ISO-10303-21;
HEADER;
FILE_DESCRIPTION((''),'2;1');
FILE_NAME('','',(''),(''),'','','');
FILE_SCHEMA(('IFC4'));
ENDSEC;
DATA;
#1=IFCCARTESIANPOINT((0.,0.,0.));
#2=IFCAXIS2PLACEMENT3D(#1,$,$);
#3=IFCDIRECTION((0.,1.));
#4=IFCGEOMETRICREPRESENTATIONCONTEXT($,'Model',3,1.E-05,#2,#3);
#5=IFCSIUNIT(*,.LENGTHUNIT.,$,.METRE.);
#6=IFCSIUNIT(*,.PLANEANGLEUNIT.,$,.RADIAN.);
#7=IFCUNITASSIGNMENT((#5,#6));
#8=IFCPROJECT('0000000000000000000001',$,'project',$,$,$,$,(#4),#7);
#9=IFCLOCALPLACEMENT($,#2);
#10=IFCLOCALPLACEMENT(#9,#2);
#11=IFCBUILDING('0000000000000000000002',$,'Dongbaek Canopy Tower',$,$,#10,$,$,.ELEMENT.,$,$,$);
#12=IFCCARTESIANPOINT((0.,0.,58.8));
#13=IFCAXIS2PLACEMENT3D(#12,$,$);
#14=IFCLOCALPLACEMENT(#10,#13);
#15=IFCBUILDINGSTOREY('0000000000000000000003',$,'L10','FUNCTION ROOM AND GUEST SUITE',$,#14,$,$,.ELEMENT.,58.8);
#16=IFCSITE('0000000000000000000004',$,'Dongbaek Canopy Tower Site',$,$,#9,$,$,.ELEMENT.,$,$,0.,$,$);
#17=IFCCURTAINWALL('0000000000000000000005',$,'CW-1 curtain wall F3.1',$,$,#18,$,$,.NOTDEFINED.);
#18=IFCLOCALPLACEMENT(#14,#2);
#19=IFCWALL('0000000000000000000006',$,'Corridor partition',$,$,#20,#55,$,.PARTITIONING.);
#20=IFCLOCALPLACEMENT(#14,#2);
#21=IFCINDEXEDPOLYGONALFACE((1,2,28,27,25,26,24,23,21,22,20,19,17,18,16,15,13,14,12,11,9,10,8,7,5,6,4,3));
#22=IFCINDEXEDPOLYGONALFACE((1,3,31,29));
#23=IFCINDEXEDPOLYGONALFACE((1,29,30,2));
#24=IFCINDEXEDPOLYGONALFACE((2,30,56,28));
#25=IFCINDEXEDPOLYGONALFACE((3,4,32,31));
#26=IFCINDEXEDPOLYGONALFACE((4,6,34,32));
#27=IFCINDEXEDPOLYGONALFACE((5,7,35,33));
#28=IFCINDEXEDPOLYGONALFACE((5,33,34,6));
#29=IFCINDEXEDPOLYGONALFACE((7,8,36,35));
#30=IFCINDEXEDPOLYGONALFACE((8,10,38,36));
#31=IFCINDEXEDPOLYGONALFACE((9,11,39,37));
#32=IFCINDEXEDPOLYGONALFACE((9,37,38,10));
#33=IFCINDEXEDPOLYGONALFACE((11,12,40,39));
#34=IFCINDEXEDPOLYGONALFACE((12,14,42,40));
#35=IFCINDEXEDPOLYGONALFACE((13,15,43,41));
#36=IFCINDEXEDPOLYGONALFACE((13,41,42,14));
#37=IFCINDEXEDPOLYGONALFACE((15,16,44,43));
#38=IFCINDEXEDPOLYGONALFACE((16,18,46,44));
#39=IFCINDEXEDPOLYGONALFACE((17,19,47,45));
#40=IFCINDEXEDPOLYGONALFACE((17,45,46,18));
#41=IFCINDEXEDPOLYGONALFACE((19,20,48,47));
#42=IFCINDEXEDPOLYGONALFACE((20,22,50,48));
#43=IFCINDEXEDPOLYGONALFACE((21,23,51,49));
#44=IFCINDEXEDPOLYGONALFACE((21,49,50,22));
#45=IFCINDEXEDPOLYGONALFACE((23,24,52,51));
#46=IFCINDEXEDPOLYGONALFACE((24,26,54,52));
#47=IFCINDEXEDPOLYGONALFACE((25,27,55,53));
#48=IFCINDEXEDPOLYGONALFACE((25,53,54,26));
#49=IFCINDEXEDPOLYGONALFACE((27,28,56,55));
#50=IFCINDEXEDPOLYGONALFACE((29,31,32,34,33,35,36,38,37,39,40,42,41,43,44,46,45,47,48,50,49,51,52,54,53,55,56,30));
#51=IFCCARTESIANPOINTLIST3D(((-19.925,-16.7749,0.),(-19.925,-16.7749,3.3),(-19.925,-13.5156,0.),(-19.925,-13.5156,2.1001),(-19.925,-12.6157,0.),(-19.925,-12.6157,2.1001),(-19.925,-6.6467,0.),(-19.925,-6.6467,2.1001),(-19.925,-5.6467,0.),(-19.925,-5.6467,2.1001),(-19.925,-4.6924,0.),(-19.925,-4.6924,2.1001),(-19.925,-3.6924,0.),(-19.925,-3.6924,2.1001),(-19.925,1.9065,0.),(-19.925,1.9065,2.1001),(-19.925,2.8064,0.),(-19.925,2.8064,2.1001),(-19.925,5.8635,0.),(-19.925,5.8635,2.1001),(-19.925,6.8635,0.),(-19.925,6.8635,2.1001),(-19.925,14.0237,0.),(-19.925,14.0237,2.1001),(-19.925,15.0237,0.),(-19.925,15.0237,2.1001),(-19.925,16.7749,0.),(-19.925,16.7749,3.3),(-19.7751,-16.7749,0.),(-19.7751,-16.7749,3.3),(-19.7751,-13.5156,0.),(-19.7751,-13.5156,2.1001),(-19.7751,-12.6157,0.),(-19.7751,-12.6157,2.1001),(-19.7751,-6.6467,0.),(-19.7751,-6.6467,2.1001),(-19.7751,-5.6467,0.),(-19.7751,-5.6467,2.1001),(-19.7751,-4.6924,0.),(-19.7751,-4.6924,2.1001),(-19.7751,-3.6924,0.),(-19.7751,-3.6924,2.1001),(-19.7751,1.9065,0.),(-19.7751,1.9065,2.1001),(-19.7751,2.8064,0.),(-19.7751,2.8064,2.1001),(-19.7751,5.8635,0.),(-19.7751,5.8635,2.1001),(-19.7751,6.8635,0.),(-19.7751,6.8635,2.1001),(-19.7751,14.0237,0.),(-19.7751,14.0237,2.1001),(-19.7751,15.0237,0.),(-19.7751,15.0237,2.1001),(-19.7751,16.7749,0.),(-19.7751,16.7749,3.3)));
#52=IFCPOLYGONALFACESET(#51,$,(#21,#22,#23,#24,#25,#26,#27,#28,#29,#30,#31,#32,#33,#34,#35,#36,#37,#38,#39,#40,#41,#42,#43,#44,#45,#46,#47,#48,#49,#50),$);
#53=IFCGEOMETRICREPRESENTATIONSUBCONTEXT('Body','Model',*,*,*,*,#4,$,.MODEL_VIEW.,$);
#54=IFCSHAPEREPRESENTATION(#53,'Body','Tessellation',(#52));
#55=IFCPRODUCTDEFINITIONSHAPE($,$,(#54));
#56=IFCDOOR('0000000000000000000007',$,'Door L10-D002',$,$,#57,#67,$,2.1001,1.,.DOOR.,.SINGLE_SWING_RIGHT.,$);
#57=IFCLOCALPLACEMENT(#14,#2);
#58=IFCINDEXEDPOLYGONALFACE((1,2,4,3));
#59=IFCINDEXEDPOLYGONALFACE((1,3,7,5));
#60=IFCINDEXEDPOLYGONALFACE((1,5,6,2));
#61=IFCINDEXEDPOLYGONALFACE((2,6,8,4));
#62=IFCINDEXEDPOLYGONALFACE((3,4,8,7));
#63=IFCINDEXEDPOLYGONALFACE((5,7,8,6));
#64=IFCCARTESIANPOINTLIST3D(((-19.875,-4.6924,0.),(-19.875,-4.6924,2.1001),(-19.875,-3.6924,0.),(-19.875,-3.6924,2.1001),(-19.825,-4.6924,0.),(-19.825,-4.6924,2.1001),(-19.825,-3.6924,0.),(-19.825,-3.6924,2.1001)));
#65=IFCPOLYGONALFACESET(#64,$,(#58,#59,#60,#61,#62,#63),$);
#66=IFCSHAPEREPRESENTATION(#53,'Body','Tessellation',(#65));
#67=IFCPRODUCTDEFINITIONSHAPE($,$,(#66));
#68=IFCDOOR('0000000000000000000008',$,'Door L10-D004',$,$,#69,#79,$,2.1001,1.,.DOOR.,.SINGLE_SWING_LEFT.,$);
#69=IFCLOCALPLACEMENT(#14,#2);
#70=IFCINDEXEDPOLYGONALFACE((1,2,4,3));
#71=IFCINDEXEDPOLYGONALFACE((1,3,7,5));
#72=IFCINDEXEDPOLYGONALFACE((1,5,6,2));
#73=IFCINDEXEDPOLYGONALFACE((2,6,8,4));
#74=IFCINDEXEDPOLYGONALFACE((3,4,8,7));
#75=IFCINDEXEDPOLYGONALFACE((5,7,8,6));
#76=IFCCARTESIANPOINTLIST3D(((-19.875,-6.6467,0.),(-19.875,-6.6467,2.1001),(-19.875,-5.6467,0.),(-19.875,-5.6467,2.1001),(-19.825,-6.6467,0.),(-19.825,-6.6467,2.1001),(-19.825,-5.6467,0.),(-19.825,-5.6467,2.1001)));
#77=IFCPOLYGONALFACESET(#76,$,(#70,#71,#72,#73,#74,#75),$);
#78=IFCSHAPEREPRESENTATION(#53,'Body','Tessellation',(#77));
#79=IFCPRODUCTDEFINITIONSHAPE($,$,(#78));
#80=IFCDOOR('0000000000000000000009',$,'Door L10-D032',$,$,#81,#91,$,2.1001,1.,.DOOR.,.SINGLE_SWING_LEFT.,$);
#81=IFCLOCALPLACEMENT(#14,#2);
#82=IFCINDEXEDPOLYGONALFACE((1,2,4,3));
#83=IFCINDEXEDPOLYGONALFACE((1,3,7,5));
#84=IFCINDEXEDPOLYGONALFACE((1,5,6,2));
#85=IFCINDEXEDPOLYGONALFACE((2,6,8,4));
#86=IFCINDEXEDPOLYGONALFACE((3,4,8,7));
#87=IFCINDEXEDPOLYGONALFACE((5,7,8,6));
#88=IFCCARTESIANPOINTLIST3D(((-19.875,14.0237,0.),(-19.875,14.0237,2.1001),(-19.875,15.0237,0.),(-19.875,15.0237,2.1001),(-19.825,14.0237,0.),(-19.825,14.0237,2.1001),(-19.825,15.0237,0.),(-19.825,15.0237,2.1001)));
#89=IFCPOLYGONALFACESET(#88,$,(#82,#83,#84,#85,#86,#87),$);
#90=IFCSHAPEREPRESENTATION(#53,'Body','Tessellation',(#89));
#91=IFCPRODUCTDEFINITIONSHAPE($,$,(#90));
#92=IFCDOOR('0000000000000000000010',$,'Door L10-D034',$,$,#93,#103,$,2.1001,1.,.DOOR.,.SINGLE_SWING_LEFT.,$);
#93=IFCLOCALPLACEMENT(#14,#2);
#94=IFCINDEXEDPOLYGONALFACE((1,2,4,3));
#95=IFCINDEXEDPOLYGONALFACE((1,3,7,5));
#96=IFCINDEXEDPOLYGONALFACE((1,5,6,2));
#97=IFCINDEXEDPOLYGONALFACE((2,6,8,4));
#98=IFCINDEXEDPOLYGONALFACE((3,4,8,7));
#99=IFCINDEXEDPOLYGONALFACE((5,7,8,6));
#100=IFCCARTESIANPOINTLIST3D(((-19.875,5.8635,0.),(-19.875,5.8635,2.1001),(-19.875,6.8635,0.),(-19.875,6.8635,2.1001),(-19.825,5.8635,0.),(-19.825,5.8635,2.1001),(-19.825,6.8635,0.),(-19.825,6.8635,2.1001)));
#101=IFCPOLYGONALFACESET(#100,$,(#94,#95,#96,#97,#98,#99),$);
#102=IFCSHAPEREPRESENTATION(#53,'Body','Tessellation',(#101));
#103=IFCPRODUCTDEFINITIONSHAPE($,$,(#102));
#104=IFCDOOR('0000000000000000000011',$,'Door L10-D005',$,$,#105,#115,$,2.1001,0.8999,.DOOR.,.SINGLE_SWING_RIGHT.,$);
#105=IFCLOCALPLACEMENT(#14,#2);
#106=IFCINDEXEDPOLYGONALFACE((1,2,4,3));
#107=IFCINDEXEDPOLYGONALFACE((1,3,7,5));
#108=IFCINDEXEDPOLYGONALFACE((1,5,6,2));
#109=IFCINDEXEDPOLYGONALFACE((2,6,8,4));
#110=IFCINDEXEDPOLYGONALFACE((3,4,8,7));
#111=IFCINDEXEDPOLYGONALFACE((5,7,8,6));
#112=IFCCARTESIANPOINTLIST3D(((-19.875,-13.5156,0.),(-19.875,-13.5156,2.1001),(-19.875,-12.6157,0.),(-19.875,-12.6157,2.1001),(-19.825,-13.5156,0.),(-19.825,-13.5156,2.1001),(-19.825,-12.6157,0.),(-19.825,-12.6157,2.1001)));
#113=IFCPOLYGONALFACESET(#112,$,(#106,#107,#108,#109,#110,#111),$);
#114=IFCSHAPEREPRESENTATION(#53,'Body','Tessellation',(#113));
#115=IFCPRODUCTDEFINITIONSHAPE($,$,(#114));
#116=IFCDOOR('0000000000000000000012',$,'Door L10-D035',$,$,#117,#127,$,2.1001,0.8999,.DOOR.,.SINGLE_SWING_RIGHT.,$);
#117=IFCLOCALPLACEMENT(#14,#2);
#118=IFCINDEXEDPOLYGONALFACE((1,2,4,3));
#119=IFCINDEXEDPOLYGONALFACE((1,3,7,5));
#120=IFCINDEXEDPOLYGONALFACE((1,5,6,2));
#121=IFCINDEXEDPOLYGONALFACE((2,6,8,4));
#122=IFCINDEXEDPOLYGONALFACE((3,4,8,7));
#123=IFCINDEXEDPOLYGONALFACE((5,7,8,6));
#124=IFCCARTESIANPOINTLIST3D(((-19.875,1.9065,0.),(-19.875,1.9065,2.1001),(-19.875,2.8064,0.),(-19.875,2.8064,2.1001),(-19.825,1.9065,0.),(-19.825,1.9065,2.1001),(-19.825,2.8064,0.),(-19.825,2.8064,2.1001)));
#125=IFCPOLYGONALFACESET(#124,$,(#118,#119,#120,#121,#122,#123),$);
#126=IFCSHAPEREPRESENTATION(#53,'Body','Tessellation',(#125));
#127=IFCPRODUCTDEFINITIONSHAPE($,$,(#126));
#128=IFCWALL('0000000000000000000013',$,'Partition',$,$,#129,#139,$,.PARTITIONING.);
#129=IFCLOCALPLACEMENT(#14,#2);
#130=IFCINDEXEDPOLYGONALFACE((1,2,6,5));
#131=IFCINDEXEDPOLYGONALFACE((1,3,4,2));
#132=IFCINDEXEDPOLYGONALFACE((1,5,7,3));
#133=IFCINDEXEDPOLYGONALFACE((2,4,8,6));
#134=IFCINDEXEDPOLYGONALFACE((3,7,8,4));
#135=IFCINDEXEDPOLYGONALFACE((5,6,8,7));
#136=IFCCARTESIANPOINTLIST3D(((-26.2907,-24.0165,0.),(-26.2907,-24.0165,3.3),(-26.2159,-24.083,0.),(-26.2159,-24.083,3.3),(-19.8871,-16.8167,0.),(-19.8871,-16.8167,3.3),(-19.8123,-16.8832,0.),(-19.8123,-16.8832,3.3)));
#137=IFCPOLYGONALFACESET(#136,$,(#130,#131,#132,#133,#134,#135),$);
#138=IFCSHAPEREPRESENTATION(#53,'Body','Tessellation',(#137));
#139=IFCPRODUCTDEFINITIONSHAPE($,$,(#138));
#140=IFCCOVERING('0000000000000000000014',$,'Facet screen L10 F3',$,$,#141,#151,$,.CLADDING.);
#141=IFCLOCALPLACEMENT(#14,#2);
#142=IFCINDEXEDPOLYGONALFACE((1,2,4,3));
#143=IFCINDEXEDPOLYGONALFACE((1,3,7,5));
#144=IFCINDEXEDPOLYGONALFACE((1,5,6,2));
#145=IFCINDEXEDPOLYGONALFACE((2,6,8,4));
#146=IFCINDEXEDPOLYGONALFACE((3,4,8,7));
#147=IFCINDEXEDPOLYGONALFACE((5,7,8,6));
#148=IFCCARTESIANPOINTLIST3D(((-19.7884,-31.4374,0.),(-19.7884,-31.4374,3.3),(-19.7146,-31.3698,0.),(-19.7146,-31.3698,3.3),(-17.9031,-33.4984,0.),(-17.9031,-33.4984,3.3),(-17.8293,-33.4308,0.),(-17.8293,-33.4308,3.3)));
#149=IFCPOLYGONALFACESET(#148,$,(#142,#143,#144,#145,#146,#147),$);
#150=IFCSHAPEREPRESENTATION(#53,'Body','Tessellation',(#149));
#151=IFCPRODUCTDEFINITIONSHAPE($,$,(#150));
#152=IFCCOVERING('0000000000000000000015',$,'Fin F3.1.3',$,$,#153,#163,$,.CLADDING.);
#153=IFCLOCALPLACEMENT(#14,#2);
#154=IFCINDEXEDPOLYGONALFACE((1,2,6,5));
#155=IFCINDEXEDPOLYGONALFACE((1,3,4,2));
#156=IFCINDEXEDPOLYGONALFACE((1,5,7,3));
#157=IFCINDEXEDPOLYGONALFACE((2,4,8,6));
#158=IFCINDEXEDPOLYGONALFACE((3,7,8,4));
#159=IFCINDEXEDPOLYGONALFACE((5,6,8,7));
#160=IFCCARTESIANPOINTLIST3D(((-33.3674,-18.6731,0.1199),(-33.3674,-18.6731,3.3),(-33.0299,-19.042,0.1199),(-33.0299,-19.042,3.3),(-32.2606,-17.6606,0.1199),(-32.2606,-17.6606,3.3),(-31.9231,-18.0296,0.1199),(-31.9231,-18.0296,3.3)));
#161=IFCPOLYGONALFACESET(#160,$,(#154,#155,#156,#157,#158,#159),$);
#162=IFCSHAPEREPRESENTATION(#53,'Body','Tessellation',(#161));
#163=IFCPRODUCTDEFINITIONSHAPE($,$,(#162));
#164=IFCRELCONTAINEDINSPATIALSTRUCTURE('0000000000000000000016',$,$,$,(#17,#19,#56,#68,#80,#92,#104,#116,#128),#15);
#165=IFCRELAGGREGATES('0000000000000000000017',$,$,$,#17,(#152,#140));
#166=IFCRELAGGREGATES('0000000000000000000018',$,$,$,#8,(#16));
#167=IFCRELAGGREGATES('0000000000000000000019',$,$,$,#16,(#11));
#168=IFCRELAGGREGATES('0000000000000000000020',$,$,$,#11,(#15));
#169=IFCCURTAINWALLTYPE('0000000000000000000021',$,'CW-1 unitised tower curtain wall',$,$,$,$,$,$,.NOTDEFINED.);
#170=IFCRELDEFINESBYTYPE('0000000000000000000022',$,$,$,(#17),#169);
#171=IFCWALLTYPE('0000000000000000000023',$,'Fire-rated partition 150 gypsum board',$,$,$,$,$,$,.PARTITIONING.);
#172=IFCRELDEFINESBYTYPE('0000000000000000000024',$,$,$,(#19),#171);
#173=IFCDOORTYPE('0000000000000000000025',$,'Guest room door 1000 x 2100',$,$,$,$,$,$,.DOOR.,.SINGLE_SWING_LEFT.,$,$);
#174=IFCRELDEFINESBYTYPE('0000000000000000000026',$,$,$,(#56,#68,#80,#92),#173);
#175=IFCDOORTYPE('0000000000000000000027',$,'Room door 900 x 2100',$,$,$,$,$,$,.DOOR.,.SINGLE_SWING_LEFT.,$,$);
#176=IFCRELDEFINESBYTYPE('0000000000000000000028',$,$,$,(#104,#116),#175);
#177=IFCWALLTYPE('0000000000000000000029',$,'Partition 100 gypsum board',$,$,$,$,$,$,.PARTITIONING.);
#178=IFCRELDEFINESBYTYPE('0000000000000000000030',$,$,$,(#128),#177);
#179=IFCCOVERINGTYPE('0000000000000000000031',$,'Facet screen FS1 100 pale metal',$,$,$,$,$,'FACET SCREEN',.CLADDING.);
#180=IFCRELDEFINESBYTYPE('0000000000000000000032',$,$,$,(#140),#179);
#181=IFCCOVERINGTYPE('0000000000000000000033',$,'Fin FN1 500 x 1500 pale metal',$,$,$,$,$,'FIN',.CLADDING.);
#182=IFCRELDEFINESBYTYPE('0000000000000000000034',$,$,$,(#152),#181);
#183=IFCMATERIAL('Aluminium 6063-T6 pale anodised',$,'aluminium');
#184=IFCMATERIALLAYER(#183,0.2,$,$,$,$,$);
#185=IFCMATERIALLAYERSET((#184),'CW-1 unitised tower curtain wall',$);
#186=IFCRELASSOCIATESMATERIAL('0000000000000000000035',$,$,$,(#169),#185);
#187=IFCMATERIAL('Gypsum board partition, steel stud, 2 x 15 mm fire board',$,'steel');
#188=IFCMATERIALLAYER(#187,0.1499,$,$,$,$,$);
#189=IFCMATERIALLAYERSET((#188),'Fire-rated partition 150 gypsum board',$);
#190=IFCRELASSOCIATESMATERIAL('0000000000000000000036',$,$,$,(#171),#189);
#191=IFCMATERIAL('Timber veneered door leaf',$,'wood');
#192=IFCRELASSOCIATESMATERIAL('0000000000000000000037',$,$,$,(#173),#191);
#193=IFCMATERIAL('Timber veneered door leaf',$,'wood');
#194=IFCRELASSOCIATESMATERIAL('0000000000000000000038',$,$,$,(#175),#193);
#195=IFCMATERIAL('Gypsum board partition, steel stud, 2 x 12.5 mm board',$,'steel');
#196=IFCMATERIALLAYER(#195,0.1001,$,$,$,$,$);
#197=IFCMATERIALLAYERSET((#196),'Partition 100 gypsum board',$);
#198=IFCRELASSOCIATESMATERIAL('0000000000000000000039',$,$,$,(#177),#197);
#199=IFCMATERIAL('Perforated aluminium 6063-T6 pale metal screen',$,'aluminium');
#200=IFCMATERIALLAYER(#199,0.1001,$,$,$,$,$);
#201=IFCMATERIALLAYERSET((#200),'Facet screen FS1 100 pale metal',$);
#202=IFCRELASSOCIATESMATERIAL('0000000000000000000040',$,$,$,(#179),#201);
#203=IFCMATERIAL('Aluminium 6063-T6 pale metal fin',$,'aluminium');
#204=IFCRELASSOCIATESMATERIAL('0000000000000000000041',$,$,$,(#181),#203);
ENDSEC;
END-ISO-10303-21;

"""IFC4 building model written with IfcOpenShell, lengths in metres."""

from ifc_helpers import new_model, si_unit, direction, frame, frame_2d, origin, origin_2d, place, context, subcontext, project, spatial, rectangle, extrude, material, layer, layer_set, material_profile, profile_set, type_object, element, fill, aggregate, save


model = new_model("IFC4")

# Units and contexts
model_context = context("Model", 3, precision=1e-05, world=origin(), true_north=direction((0.0, 1.0)))
body_context = subcontext(model_context, "Body", "Model", "MODEL_VIEW")
ifc_project = project(units=[si_unit("LENGTHUNIT", "METRE"), si_unit("PLANEANGLEUNIT", "RADIAN")], contexts=[model_context])

# Site, building, storey
site_placement = place(None, origin())
site = spatial("IfcSite", under=ifc_project, at=site_placement, Name="Dongbaek Canopy Tower Site", CompositionType="ELEMENT", RefElevation=0.0)
building_placement = place(site_placement, origin())
building = spatial("IfcBuilding", under=site, at=building_placement, Name="Dongbaek Canopy Tower", CompositionType="ELEMENT")
storey_placement = place(building_placement, frame((0.0, 0.0, 58.8)))
storey = spatial("IfcBuildingStorey", under=building, at=storey_placement, Name="L10", Description="FUNCTION ROOM AND GUEST SUITE", CompositionType="ELEMENT", Elevation=58.8)

# Curtain wall
ifc_material_1 = material(Name="Aluminium 6063-T6 pale anodised", Category="aluminium")
ifc_layer_1 = layer(ifc_material_1, 0.2)
ifc_layer_set_1 = layer_set([ifc_layer_1], Name="CW-1 unitised tower curtain wall")
curtain_wall_type = type_object("IfcCurtainWallType", Name="CW-1 unitised tower curtain wall", PredefinedType="NOTDEFINED", material=ifc_layer_set_1)
curtain_wall_1_placement = place(storey_placement, origin())
curtain_wall_1 = element("IfcCurtainWall", 1, at=curtain_wall_1_placement, inside=storey, type_object=curtain_wall_type, Name="CW-1 curtain wall F3.1", PredefinedType="NOTDEFINED")

# Wall, openings, doors
ifc_material_2 = material(Name="Gypsum board partition, steel stud, 2 x 15 mm fire board", Category="steel")
ifc_layer_2 = layer(ifc_material_2, 0.1499)
ifc_layer_set_2 = layer_set([ifc_layer_2], Name="Fire-rated partition 150 gypsum board")
wall_type_1 = type_object("IfcWallType", Name="Fire-rated partition 150 gypsum board", PredefinedType="PARTITIONING", material=ifc_layer_set_2)
wall_1_placement = place(storey_placement, frame((-19.8501, -16.7749, 0.0), z_axis=(0.0, 0.0, 1.0), x_axis=(0.0, 1.0, 0.0)))
wall_1 = element("IfcWall", 2, at=wall_1_placement, inside=storey, type_object=wall_type_1, Name="Corridor partition", PredefinedType="PARTITIONING", context=body_context, shape_type="SweptSolid", body=[
    extrude(rectangle(XDim=33.5498, YDim=0.1499, at=frame_2d((16.7749, 0.0))), origin(), (0.0, 0.0, 1.0), 3.3),
])
opening_1_placement = place(wall_1_placement, frame((12.0825, 0.0, 0.0)))
opening_1 = element("IfcOpeningElement", 3, at=opening_1_placement, cuts=wall_1, PredefinedType="OPENING", context=body_context, shape_type="SweptSolid", body=[
    extrude(rectangle(XDim=1.0, YDim=2.1001, at=frame_2d((0.5, 1.05))), frame((0.0, 0.085, 0.0), z_axis=(0.0, -1.0, 0.0), x_axis=(1.0, 0.0, 0.0)), (0.0, 0.0, 1.0), 0.1699),
])
opening_2_placement = place(wall_1_placement, frame((10.1282, 0.0, 0.0)))
opening_2 = element("IfcOpeningElement", 4, at=opening_2_placement, cuts=wall_1, PredefinedType="OPENING", context=body_context, shape_type="SweptSolid", body=[
    extrude(rectangle(XDim=1.0, YDim=2.1001, at=frame_2d((0.5, 1.05))), frame((0.0, 0.085, 0.0), z_axis=(0.0, -1.0, 0.0), x_axis=(1.0, 0.0, 0.0)), (0.0, 0.0, 1.0), 0.1699),
])
opening_3_placement = place(wall_1_placement, frame((3.2593, 0.0, 0.0)))
opening_3 = element("IfcOpeningElement", 5, at=opening_3_placement, cuts=wall_1, PredefinedType="OPENING", context=body_context, shape_type="SweptSolid", body=[
    extrude(rectangle(XDim=0.8999, YDim=2.1001, at=frame_2d((0.45, 1.05))), frame((0.0, 0.085, 0.0), z_axis=(0.0, -1.0, 0.0), x_axis=(1.0, 0.0, 0.0)), (0.0, 0.0, 1.0), 0.1699),
])
opening_4_placement = place(wall_1_placement, frame((30.7986, 0.0, 0.0)))
opening_4 = element("IfcOpeningElement", 6, at=opening_4_placement, cuts=wall_1, PredefinedType="OPENING", context=body_context, shape_type="SweptSolid", body=[
    extrude(rectangle(XDim=1.0, YDim=2.1001, at=frame_2d((0.5, 1.05))), frame((0.0, 0.085, 0.0), z_axis=(0.0, -1.0, 0.0), x_axis=(1.0, 0.0, 0.0)), (0.0, 0.0, 1.0), 0.1699),
])
opening_5_placement = place(wall_1_placement, frame((22.6384, 0.0, 0.0)))
opening_5 = element("IfcOpeningElement", 7, at=opening_5_placement, cuts=wall_1, PredefinedType="OPENING", context=body_context, shape_type="SweptSolid", body=[
    extrude(rectangle(XDim=1.0, YDim=2.1001, at=frame_2d((0.5, 1.05))), frame((0.0, 0.085, 0.0), z_axis=(0.0, -1.0, 0.0), x_axis=(1.0, 0.0, 0.0)), (0.0, 0.0, 1.0), 0.1699),
])
opening_6_placement = place(wall_1_placement, frame((18.6814, 0.0, 0.0)))
opening_6 = element("IfcOpeningElement", 8, at=opening_6_placement, cuts=wall_1, PredefinedType="OPENING", context=body_context, shape_type="SweptSolid", body=[
    extrude(rectangle(XDim=0.8999, YDim=2.1001, at=frame_2d((0.45, 1.05))), frame((0.0, 0.085, 0.0), z_axis=(0.0, -1.0, 0.0), x_axis=(1.0, 0.0, 0.0)), (0.0, 0.0, 1.0), 0.1699),
])
ifc_material_3 = material(Name="Timber veneered door leaf", Category="wood")
door_type_1 = type_object("IfcDoorType", Name="Guest room door 1000 x 2100", OperationType="SINGLE_SWING_LEFT", PredefinedType="DOOR", material=ifc_material_3)
door_1_placement = place(opening_1_placement, origin())
door_1 = element("IfcDoor", 9, at=door_1_placement, inside=storey, type_object=door_type_1, Name="Door L10-D002", OperationType="SINGLE_SWING_RIGHT", OverallHeight=2.1001, OverallWidth=1.0, PredefinedType="DOOR", context=body_context, shape_type="SweptSolid", body=[
    extrude(rectangle(XDim=1.0, YDim=2.1001, at=frame_2d((0.5, 1.05))), frame((0.0, 0.0249, 0.0), z_axis=(0.0, -1.0, 0.0), x_axis=(1.0, 0.0, 0.0)), (0.0, 0.0, 1.0), 0.05),
])
fill(opening_1, door_1)
door_2_placement = place(opening_2_placement, origin())
door_2 = element("IfcDoor", 10, at=door_2_placement, inside=storey, type_object=door_type_1, Name="Door L10-D004", OperationType="SINGLE_SWING_LEFT", OverallHeight=2.1001, OverallWidth=1.0, PredefinedType="DOOR", context=body_context, shape_type="SweptSolid", body=[
    extrude(rectangle(XDim=1.0, YDim=2.1001, at=frame_2d((0.5, 1.05))), frame((0.0, 0.0249, 0.0), z_axis=(0.0, -1.0, 0.0), x_axis=(1.0, 0.0, 0.0)), (0.0, 0.0, 1.0), 0.05),
])
fill(opening_2, door_2)
door_3_placement = place(opening_4_placement, origin())
door_3 = element("IfcDoor", 11, at=door_3_placement, inside=storey, type_object=door_type_1, Name="Door L10-D032", OperationType="SINGLE_SWING_LEFT", OverallHeight=2.1001, OverallWidth=1.0, PredefinedType="DOOR", context=body_context, shape_type="SweptSolid", body=[
    extrude(rectangle(XDim=1.0, YDim=2.1001, at=frame_2d((0.5, 1.05))), frame((0.0, 0.0249, 0.0), z_axis=(0.0, -1.0, 0.0), x_axis=(1.0, 0.0, 0.0)), (0.0, 0.0, 1.0), 0.05),
])
fill(opening_4, door_3)
door_4_placement = place(opening_5_placement, origin())
door_4 = element("IfcDoor", 12, at=door_4_placement, inside=storey, type_object=door_type_1, Name="Door L10-D034", OperationType="SINGLE_SWING_LEFT", OverallHeight=2.1001, OverallWidth=1.0, PredefinedType="DOOR", context=body_context, shape_type="SweptSolid", body=[
    extrude(rectangle(XDim=1.0, YDim=2.1001, at=frame_2d((0.5, 1.05))), frame((0.0, 0.0249, 0.0), z_axis=(0.0, -1.0, 0.0), x_axis=(1.0, 0.0, 0.0)), (0.0, 0.0, 1.0), 0.05),
])
fill(opening_5, door_4)
ifc_material_4 = material(Name="Timber veneered door leaf", Category="wood")
door_type_2 = type_object("IfcDoorType", Name="Room door 900 x 2100", OperationType="SINGLE_SWING_LEFT", PredefinedType="DOOR", material=ifc_material_4)
door_5_placement = place(opening_3_placement, origin())
door_5 = element("IfcDoor", 13, at=door_5_placement, inside=storey, type_object=door_type_2, Name="Door L10-D005", OperationType="SINGLE_SWING_RIGHT", OverallHeight=2.1001, OverallWidth=0.8999, PredefinedType="DOOR", context=body_context, shape_type="SweptSolid", body=[
    extrude(rectangle(XDim=0.8999, YDim=2.1001, at=frame_2d((0.45, 1.05))), frame((0.0, 0.0249, 0.0), z_axis=(0.0, -1.0, 0.0), x_axis=(1.0, 0.0, 0.0)), (0.0, 0.0, 1.0), 0.05),
])
fill(opening_3, door_5)
door_6_placement = place(opening_6_placement, origin())
door_6 = element("IfcDoor", 14, at=door_6_placement, inside=storey, type_object=door_type_2, Name="Door L10-D035", OperationType="SINGLE_SWING_RIGHT", OverallHeight=2.1001, OverallWidth=0.8999, PredefinedType="DOOR", context=body_context, shape_type="SweptSolid", body=[
    extrude(rectangle(XDim=0.8999, YDim=2.1001, at=frame_2d((0.45, 1.05))), frame((0.0, 0.0249, 0.0), z_axis=(0.0, -1.0, 0.0), x_axis=(1.0, 0.0, 0.0)), (0.0, 0.0, 1.0), 0.05),
])
fill(opening_6, door_6)

# Wall
ifc_material_5 = material(Name="Gypsum board partition, steel stud, 2 x 12.5 mm board", Category="steel")
ifc_layer_3 = layer(ifc_material_5, 0.1001)
ifc_layer_set_3 = layer_set([ifc_layer_3], Name="Partition 100 gypsum board")
wall_type_2 = type_object("IfcWallType", Name="Partition 100 gypsum board", PredefinedType="PARTITIONING", material=ifc_layer_set_3)
wall_2_placement = place(storey_placement, frame((-26.2534, -24.0498, 0.0), z_axis=(0.0, 0.0, 1.0), x_axis=(0.664586, 0.747212, 0.0)))
element("IfcWall", 15, at=wall_2_placement, inside=storey, type_object=wall_type_2, Name="Partition", PredefinedType="PARTITIONING", context=body_context, shape_type="SweptSolid", body=[
    extrude(rectangle(XDim=9.6355, YDim=0.1001, at=frame_2d((4.8179, 0.0))), origin(), (0.0, 0.0, 1.0), 3.3),
])

# Coverings
ifc_material_6 = material(Name="Perforated aluminium 6063-T6 pale metal screen", Category="aluminium")
ifc_layer_4 = layer(ifc_material_6, 0.1001)
ifc_layer_set_4 = layer_set([ifc_layer_4], Name="Facet screen FS1 100 pale metal")
covering_type_1 = type_object("IfcCoveringType", Name="Facet screen FS1 100 pale metal", ElementType="FACET SCREEN", PredefinedType="CLADDING", material=ifc_layer_set_4)
covering_1_placement = place(storey_placement, frame((-18.8088, -32.4341, 0.0), z_axis=(0.0, 0.0, 1.0), x_axis=(0.674959, -0.737855, 0.0)))
covering_1 = element("IfcCovering", 16, at=covering_1_placement, type_object=covering_type_1, Name="Facet screen L10 F3", PredefinedType="CLADDING", context=body_context, shape_type="SweptSolid", body=[
    extrude(rectangle(XDim=2.7932, YDim=0.1001, at=origin_2d()), origin(), (0.0, 0.0, 1.0), 3.3),
])
ifc_material_7 = material(Name="Aluminium 6063-T6 pale metal fin", Category="aluminium")
ifc_material_profile_1 = material_profile(ifc_material_7, rectangle(XDim=1.5, YDim=0.5, at=origin_2d()), Name="Fin FN1 500 x 1500 pale metal")
ifc_profile_set_1 = profile_set([ifc_material_profile_1], Name="Aluminium 6063-T6 pale metal fin")
covering_type_2 = type_object("IfcCoveringType", Name="Fin FN1 500 x 1500 pale metal", ElementType="FIN", PredefinedType="CLADDING", material=ifc_profile_set_1)
covering_2_placement = place(storey_placement, frame((-32.6453, -18.3513, 0.1199), z_axis=(0.0, 0.0, 1.0), x_axis=(-0.737855, -0.674959, 0.0)))
covering_2 = element("IfcCovering", 17, at=covering_2_placement, type_object=covering_type_2, Name="Fin F3.1.3", PredefinedType="CLADDING", context=body_context, shape_type="SweptSolid", body=[
    extrude(rectangle(XDim=1.5, YDim=0.5, at=origin_2d()), origin(), (0.0, 0.0, 1.0), 3.1802),
])
aggregate(curtain_wall_1, [covering_2, covering_1])

save(model, "model.ifc")
